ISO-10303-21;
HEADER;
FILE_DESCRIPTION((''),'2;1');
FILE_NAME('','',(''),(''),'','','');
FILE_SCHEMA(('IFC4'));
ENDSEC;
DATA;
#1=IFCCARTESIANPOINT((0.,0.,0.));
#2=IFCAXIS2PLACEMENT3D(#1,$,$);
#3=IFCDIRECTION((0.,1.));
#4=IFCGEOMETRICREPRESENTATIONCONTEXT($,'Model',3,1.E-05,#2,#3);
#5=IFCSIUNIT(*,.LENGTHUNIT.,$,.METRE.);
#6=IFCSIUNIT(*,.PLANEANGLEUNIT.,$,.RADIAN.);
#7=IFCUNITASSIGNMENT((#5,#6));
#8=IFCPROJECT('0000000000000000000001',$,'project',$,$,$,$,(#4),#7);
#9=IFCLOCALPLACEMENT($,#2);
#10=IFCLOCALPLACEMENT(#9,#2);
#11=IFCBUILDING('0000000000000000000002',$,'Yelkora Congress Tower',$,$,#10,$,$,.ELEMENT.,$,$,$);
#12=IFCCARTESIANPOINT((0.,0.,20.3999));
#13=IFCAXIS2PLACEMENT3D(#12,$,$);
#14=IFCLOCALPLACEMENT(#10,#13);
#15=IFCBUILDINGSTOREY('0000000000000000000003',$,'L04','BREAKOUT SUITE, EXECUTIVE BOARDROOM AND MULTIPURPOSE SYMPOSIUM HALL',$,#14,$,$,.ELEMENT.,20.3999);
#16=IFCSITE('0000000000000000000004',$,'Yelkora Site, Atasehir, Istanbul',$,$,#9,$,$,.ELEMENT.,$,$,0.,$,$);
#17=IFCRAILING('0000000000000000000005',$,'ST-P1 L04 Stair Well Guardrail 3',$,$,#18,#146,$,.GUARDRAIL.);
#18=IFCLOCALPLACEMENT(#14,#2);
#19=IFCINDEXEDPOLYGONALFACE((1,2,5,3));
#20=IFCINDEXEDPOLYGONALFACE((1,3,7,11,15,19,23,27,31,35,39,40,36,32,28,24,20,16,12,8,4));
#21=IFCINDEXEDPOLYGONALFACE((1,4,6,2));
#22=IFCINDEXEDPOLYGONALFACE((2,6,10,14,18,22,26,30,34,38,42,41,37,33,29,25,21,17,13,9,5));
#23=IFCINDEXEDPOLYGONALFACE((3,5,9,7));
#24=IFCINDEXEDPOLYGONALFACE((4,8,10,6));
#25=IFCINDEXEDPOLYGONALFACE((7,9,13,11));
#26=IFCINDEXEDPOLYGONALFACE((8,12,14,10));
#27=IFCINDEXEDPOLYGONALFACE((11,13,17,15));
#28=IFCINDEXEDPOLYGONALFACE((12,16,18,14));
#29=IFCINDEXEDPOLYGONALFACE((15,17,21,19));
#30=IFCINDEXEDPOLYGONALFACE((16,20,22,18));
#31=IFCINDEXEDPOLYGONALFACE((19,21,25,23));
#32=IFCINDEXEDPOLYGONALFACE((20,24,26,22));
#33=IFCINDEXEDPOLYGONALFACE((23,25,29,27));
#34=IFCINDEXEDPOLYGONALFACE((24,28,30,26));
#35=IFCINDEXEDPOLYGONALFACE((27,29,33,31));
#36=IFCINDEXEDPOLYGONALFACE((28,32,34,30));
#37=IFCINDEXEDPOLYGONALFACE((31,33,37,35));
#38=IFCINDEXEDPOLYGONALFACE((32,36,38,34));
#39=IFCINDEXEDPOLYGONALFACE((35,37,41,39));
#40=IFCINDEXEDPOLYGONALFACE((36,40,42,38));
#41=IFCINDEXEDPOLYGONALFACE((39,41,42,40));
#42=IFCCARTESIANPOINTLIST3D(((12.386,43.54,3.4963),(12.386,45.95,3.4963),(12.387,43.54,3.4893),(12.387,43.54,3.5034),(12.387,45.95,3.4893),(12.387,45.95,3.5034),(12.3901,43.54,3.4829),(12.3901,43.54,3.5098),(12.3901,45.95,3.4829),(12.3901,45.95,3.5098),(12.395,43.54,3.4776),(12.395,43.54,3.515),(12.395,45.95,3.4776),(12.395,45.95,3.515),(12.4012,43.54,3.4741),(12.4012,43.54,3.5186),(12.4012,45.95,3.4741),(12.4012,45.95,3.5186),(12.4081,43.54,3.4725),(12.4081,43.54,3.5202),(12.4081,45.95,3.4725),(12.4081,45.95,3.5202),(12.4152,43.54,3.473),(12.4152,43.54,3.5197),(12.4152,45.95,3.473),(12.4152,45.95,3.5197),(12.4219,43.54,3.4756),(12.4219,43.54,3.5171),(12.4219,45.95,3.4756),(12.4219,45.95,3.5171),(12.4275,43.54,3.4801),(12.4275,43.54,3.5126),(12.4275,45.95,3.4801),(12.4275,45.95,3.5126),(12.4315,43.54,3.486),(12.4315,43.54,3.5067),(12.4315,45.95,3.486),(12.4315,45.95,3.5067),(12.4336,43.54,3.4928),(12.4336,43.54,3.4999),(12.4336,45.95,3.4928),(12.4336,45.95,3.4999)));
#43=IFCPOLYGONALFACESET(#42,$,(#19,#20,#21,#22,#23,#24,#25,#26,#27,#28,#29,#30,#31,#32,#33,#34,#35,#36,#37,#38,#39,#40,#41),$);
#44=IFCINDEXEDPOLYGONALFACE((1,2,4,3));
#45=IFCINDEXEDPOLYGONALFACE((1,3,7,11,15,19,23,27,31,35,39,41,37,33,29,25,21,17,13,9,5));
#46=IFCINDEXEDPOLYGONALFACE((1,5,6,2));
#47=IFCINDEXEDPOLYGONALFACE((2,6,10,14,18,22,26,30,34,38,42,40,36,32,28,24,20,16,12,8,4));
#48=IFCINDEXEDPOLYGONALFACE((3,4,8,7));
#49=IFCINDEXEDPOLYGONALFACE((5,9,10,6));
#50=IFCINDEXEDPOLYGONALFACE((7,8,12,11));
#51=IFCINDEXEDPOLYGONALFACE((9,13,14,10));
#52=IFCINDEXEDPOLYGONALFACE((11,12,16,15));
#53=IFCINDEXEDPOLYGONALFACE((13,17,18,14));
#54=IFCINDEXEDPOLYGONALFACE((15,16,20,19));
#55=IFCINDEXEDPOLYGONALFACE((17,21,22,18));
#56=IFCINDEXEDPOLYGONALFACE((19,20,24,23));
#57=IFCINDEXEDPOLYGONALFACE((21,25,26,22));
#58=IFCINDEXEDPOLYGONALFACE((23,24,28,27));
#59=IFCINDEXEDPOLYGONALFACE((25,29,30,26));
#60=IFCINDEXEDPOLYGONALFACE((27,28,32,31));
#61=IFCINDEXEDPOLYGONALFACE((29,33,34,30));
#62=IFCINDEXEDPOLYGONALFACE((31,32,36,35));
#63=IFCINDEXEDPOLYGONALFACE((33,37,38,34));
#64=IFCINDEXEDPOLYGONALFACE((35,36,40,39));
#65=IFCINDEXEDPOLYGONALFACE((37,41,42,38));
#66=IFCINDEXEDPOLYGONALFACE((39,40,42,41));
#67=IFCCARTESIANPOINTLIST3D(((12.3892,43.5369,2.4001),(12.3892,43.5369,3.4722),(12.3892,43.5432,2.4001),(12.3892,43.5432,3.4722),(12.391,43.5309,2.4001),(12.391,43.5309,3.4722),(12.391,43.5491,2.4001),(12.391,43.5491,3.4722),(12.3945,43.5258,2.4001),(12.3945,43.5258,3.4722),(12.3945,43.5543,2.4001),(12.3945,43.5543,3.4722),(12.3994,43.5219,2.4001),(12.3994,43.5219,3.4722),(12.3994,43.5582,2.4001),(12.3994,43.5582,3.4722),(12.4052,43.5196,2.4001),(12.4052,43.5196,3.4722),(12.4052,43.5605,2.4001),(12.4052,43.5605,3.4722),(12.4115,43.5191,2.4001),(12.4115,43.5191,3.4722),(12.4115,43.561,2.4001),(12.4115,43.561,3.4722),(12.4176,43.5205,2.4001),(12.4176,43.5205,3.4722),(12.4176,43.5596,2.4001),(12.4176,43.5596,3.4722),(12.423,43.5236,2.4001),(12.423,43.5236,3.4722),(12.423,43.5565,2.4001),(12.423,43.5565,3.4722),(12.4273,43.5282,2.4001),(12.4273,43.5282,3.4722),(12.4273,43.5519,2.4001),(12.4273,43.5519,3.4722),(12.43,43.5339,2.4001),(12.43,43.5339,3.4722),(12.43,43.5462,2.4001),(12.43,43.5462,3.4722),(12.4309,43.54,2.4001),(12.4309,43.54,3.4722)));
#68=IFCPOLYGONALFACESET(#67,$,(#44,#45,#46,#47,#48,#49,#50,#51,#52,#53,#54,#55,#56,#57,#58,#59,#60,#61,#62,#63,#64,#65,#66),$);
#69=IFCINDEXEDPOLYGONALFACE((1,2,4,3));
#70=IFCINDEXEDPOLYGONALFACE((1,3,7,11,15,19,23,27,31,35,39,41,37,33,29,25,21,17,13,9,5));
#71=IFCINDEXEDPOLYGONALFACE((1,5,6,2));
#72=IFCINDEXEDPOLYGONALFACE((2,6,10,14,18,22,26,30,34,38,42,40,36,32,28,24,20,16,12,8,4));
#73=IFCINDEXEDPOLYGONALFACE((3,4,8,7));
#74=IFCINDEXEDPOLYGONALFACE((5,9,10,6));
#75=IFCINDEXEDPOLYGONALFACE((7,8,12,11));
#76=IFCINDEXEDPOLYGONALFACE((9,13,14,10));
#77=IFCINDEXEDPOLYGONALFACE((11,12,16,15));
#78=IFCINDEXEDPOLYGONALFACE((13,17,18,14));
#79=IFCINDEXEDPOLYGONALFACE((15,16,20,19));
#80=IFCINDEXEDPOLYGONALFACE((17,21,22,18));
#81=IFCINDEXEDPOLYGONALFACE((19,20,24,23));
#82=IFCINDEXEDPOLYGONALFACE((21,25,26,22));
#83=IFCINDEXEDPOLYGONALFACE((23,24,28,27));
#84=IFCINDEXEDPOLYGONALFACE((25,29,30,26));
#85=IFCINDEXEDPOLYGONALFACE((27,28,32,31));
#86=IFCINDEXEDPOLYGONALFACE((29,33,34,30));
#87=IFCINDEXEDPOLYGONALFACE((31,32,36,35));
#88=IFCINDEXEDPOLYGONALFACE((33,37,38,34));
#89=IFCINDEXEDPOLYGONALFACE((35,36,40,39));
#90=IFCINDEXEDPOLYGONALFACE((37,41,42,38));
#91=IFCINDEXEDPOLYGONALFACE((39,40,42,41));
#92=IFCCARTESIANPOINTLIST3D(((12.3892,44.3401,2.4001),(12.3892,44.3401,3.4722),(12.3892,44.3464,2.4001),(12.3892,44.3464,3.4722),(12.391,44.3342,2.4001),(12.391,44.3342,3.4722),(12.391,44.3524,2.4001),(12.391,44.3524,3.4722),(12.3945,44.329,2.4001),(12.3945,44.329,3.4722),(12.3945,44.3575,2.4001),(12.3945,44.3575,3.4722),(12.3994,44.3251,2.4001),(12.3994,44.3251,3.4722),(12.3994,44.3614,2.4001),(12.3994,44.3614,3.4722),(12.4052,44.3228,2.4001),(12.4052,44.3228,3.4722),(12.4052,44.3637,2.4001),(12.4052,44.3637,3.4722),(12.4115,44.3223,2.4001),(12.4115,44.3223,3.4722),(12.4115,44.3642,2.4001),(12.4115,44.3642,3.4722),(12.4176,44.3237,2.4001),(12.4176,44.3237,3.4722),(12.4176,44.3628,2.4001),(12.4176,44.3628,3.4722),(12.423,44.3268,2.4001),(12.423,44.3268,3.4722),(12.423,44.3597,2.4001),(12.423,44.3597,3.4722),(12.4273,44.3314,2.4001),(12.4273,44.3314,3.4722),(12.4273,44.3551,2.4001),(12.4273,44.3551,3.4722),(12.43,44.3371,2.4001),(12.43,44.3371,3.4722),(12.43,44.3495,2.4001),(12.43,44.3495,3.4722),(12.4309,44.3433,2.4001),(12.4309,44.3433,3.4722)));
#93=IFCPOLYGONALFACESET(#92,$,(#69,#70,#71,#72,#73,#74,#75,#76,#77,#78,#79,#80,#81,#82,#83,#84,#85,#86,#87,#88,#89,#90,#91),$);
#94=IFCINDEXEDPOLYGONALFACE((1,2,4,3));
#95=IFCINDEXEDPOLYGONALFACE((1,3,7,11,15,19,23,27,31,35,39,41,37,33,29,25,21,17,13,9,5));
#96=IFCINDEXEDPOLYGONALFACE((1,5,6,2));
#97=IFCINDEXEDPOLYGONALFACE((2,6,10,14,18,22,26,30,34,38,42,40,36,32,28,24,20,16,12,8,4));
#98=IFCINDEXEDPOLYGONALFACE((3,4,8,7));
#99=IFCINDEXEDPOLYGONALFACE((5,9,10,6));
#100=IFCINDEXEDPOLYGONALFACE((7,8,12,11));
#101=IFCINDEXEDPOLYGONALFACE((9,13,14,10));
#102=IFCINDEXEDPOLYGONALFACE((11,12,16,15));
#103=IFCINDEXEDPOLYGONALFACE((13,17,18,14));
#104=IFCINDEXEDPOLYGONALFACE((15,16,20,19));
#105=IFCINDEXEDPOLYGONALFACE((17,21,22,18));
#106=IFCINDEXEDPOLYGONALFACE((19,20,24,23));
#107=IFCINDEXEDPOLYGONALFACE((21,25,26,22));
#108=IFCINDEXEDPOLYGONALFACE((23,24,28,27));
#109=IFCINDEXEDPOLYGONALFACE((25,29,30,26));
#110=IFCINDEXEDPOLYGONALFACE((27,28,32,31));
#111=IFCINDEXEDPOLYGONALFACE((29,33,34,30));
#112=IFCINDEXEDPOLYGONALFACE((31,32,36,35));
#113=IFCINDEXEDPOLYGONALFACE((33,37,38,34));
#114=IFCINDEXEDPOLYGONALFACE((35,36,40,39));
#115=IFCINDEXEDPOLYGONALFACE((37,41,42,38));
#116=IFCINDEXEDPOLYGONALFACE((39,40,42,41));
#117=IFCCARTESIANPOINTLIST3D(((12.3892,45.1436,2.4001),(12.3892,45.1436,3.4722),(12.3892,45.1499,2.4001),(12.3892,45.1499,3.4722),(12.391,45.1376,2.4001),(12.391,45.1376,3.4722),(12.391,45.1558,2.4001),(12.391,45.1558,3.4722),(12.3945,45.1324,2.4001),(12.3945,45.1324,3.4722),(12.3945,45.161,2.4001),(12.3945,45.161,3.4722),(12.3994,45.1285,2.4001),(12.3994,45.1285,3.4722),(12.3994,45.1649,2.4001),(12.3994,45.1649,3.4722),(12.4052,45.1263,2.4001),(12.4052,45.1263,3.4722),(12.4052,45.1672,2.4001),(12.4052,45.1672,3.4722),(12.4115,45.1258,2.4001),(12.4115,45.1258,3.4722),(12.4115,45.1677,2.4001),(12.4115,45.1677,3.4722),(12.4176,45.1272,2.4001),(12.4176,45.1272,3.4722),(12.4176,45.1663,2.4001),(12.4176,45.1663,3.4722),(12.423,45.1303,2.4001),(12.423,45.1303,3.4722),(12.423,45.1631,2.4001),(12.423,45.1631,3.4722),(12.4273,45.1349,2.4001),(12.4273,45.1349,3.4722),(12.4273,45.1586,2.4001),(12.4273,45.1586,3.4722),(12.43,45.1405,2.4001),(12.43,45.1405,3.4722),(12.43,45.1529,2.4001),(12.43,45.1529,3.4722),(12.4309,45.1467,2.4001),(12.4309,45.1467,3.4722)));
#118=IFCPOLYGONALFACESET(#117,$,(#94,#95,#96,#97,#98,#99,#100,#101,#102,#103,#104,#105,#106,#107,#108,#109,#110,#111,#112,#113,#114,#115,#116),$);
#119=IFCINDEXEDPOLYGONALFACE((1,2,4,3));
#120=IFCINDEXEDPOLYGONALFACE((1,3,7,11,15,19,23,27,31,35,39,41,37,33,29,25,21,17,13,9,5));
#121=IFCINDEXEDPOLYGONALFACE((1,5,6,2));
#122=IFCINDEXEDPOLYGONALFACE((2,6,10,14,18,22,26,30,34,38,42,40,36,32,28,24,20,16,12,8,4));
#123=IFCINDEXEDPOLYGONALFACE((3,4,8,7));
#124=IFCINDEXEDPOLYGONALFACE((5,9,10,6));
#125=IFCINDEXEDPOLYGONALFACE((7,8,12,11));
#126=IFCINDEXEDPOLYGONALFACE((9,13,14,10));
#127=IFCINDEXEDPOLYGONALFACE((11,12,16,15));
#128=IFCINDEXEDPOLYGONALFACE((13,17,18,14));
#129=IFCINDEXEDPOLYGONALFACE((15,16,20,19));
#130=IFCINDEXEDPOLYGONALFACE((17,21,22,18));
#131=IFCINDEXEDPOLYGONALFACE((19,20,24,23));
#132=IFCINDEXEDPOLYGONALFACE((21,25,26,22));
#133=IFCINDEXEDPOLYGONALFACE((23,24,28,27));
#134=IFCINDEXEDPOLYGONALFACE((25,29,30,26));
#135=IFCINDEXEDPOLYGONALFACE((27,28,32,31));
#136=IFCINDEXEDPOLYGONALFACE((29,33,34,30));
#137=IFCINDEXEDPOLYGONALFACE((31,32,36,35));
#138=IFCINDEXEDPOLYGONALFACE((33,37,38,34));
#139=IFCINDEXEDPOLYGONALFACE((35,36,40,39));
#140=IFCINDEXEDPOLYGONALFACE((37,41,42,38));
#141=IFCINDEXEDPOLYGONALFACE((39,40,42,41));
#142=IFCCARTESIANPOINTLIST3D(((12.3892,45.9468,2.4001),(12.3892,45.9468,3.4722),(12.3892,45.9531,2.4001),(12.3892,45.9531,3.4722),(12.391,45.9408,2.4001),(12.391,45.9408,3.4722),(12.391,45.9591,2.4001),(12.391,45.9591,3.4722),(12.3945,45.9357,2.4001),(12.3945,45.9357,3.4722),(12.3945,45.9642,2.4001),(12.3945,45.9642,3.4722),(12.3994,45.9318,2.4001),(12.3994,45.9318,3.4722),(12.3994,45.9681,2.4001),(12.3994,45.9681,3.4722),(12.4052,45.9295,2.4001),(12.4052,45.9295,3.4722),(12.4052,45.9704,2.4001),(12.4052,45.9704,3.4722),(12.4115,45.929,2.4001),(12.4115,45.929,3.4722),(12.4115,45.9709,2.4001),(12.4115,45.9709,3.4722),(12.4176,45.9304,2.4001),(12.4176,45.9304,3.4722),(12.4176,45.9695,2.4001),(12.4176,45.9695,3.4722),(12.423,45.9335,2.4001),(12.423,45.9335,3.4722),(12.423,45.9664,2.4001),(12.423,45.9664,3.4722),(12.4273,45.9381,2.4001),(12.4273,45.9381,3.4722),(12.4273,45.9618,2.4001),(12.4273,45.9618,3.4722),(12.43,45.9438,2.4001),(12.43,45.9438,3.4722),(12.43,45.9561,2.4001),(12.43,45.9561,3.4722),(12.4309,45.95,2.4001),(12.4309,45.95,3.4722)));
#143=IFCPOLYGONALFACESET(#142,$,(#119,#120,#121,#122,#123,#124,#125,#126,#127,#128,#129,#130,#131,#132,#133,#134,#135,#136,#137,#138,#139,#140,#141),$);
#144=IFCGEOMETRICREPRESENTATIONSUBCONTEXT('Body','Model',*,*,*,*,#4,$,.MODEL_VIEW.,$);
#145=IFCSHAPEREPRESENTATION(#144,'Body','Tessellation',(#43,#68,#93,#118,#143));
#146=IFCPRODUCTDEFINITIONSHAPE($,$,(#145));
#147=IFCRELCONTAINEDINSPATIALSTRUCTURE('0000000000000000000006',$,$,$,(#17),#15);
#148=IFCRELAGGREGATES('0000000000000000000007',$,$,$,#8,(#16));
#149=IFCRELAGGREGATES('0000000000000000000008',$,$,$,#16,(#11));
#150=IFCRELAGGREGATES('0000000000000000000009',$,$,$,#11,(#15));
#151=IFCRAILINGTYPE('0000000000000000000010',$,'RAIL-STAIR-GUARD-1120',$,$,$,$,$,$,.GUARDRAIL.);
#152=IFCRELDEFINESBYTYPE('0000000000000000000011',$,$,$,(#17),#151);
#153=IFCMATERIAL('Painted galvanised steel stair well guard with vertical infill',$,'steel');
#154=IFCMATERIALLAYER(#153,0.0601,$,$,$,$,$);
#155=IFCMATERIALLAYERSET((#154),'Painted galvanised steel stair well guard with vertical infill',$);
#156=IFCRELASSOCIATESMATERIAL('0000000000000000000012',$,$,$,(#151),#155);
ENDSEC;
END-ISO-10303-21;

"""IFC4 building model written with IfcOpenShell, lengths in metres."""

from ifc_helpers import new_model, si_unit, direction, frame, origin, origin_2d, place, context, subcontext, project, spatial, circle, extrude, material, layer, layer_set, type_object, element, save


model = new_model("IFC4")

# Units and contexts
model_context = context("Model", 3, precision=1e-05, world=origin(), true_north=direction((0.0, 1.0)))
body_context = subcontext(model_context, "Body", "Model", "MODEL_VIEW")
ifc_project = project(units=[si_unit("LENGTHUNIT", "METRE"), si_unit("PLANEANGLEUNIT", "RADIAN")], contexts=[model_context])

# Site, building, storey
site_placement = place(None, origin())
site = spatial("IfcSite", under=ifc_project, at=site_placement, Name="Yelkora Site, Atasehir, Istanbul", CompositionType="ELEMENT", RefElevation=0.0)
building_placement = place(site_placement, origin())
building = spatial("IfcBuilding", under=site, at=building_placement, Name="Yelkora Congress Tower", CompositionType="ELEMENT")
storey_placement = place(building_placement, frame((0.0, 0.0, 20.3999)))
storey = spatial("IfcBuildingStorey", under=building, at=storey_placement, Name="L04", Description="BREAKOUT SUITE, EXECUTIVE BOARDROOM AND MULTIPURPOSE SYMPOSIUM HALL", CompositionType="ELEMENT", Elevation=20.3999)

# Railing
ifc_material_1 = material(Name="Painted galvanised steel stair well guard with vertical infill", Category="steel")
ifc_layer_1 = layer(ifc_material_1, 0.0601)
ifc_layer_set_1 = layer_set([ifc_layer_1], Name="Painted galvanised steel stair well guard with vertical infill")
railing_type_1 = type_object("IfcRailingType", Name="RAIL-STAIR-GUARD-1120", PredefinedType="GUARDRAIL", material=ifc_layer_set_1)
railing_1_placement = place(storey_placement, frame((12.4099, 43.54, 2.4001)))
element("IfcRailing", 1, at=railing_1_placement, inside=storey, type_object=railing_type_1, Name="ST-P1 L04 Stair Well Guardrail 3", PredefinedType="GUARDRAIL", context=body_context, shape_type="SweptSolid", body=[
    extrude(circle(Radius=0.0239, at=origin_2d()), frame((0.0, 0.0, 1.0962), z_axis=(0.0, 1.0, 0.0), x_axis=(-1.0, 0.0, 0.0)), (0.0, 0.0, 1.0), 2.4099),
    extrude(circle(Radius=0.021, at=origin_2d()), origin(), (0.0, 0.0, 1.0), 1.072),
    extrude(circle(Radius=0.021, at=origin_2d()), frame((0.0, 0.8032, 0.0)), (0.0, 0.0, 1.0), 1.072),
    extrude(circle(Radius=0.021, at=origin_2d()), frame((0.0, 1.6067, 0.0)), (0.0, 0.0, 1.0), 1.072),
    extrude(circle(Radius=0.021, at=origin_2d()), frame((0.0, 2.4099, 0.0)), (0.0, 0.0, 1.0), 1.072),
])

save(model, "model.ifc")
